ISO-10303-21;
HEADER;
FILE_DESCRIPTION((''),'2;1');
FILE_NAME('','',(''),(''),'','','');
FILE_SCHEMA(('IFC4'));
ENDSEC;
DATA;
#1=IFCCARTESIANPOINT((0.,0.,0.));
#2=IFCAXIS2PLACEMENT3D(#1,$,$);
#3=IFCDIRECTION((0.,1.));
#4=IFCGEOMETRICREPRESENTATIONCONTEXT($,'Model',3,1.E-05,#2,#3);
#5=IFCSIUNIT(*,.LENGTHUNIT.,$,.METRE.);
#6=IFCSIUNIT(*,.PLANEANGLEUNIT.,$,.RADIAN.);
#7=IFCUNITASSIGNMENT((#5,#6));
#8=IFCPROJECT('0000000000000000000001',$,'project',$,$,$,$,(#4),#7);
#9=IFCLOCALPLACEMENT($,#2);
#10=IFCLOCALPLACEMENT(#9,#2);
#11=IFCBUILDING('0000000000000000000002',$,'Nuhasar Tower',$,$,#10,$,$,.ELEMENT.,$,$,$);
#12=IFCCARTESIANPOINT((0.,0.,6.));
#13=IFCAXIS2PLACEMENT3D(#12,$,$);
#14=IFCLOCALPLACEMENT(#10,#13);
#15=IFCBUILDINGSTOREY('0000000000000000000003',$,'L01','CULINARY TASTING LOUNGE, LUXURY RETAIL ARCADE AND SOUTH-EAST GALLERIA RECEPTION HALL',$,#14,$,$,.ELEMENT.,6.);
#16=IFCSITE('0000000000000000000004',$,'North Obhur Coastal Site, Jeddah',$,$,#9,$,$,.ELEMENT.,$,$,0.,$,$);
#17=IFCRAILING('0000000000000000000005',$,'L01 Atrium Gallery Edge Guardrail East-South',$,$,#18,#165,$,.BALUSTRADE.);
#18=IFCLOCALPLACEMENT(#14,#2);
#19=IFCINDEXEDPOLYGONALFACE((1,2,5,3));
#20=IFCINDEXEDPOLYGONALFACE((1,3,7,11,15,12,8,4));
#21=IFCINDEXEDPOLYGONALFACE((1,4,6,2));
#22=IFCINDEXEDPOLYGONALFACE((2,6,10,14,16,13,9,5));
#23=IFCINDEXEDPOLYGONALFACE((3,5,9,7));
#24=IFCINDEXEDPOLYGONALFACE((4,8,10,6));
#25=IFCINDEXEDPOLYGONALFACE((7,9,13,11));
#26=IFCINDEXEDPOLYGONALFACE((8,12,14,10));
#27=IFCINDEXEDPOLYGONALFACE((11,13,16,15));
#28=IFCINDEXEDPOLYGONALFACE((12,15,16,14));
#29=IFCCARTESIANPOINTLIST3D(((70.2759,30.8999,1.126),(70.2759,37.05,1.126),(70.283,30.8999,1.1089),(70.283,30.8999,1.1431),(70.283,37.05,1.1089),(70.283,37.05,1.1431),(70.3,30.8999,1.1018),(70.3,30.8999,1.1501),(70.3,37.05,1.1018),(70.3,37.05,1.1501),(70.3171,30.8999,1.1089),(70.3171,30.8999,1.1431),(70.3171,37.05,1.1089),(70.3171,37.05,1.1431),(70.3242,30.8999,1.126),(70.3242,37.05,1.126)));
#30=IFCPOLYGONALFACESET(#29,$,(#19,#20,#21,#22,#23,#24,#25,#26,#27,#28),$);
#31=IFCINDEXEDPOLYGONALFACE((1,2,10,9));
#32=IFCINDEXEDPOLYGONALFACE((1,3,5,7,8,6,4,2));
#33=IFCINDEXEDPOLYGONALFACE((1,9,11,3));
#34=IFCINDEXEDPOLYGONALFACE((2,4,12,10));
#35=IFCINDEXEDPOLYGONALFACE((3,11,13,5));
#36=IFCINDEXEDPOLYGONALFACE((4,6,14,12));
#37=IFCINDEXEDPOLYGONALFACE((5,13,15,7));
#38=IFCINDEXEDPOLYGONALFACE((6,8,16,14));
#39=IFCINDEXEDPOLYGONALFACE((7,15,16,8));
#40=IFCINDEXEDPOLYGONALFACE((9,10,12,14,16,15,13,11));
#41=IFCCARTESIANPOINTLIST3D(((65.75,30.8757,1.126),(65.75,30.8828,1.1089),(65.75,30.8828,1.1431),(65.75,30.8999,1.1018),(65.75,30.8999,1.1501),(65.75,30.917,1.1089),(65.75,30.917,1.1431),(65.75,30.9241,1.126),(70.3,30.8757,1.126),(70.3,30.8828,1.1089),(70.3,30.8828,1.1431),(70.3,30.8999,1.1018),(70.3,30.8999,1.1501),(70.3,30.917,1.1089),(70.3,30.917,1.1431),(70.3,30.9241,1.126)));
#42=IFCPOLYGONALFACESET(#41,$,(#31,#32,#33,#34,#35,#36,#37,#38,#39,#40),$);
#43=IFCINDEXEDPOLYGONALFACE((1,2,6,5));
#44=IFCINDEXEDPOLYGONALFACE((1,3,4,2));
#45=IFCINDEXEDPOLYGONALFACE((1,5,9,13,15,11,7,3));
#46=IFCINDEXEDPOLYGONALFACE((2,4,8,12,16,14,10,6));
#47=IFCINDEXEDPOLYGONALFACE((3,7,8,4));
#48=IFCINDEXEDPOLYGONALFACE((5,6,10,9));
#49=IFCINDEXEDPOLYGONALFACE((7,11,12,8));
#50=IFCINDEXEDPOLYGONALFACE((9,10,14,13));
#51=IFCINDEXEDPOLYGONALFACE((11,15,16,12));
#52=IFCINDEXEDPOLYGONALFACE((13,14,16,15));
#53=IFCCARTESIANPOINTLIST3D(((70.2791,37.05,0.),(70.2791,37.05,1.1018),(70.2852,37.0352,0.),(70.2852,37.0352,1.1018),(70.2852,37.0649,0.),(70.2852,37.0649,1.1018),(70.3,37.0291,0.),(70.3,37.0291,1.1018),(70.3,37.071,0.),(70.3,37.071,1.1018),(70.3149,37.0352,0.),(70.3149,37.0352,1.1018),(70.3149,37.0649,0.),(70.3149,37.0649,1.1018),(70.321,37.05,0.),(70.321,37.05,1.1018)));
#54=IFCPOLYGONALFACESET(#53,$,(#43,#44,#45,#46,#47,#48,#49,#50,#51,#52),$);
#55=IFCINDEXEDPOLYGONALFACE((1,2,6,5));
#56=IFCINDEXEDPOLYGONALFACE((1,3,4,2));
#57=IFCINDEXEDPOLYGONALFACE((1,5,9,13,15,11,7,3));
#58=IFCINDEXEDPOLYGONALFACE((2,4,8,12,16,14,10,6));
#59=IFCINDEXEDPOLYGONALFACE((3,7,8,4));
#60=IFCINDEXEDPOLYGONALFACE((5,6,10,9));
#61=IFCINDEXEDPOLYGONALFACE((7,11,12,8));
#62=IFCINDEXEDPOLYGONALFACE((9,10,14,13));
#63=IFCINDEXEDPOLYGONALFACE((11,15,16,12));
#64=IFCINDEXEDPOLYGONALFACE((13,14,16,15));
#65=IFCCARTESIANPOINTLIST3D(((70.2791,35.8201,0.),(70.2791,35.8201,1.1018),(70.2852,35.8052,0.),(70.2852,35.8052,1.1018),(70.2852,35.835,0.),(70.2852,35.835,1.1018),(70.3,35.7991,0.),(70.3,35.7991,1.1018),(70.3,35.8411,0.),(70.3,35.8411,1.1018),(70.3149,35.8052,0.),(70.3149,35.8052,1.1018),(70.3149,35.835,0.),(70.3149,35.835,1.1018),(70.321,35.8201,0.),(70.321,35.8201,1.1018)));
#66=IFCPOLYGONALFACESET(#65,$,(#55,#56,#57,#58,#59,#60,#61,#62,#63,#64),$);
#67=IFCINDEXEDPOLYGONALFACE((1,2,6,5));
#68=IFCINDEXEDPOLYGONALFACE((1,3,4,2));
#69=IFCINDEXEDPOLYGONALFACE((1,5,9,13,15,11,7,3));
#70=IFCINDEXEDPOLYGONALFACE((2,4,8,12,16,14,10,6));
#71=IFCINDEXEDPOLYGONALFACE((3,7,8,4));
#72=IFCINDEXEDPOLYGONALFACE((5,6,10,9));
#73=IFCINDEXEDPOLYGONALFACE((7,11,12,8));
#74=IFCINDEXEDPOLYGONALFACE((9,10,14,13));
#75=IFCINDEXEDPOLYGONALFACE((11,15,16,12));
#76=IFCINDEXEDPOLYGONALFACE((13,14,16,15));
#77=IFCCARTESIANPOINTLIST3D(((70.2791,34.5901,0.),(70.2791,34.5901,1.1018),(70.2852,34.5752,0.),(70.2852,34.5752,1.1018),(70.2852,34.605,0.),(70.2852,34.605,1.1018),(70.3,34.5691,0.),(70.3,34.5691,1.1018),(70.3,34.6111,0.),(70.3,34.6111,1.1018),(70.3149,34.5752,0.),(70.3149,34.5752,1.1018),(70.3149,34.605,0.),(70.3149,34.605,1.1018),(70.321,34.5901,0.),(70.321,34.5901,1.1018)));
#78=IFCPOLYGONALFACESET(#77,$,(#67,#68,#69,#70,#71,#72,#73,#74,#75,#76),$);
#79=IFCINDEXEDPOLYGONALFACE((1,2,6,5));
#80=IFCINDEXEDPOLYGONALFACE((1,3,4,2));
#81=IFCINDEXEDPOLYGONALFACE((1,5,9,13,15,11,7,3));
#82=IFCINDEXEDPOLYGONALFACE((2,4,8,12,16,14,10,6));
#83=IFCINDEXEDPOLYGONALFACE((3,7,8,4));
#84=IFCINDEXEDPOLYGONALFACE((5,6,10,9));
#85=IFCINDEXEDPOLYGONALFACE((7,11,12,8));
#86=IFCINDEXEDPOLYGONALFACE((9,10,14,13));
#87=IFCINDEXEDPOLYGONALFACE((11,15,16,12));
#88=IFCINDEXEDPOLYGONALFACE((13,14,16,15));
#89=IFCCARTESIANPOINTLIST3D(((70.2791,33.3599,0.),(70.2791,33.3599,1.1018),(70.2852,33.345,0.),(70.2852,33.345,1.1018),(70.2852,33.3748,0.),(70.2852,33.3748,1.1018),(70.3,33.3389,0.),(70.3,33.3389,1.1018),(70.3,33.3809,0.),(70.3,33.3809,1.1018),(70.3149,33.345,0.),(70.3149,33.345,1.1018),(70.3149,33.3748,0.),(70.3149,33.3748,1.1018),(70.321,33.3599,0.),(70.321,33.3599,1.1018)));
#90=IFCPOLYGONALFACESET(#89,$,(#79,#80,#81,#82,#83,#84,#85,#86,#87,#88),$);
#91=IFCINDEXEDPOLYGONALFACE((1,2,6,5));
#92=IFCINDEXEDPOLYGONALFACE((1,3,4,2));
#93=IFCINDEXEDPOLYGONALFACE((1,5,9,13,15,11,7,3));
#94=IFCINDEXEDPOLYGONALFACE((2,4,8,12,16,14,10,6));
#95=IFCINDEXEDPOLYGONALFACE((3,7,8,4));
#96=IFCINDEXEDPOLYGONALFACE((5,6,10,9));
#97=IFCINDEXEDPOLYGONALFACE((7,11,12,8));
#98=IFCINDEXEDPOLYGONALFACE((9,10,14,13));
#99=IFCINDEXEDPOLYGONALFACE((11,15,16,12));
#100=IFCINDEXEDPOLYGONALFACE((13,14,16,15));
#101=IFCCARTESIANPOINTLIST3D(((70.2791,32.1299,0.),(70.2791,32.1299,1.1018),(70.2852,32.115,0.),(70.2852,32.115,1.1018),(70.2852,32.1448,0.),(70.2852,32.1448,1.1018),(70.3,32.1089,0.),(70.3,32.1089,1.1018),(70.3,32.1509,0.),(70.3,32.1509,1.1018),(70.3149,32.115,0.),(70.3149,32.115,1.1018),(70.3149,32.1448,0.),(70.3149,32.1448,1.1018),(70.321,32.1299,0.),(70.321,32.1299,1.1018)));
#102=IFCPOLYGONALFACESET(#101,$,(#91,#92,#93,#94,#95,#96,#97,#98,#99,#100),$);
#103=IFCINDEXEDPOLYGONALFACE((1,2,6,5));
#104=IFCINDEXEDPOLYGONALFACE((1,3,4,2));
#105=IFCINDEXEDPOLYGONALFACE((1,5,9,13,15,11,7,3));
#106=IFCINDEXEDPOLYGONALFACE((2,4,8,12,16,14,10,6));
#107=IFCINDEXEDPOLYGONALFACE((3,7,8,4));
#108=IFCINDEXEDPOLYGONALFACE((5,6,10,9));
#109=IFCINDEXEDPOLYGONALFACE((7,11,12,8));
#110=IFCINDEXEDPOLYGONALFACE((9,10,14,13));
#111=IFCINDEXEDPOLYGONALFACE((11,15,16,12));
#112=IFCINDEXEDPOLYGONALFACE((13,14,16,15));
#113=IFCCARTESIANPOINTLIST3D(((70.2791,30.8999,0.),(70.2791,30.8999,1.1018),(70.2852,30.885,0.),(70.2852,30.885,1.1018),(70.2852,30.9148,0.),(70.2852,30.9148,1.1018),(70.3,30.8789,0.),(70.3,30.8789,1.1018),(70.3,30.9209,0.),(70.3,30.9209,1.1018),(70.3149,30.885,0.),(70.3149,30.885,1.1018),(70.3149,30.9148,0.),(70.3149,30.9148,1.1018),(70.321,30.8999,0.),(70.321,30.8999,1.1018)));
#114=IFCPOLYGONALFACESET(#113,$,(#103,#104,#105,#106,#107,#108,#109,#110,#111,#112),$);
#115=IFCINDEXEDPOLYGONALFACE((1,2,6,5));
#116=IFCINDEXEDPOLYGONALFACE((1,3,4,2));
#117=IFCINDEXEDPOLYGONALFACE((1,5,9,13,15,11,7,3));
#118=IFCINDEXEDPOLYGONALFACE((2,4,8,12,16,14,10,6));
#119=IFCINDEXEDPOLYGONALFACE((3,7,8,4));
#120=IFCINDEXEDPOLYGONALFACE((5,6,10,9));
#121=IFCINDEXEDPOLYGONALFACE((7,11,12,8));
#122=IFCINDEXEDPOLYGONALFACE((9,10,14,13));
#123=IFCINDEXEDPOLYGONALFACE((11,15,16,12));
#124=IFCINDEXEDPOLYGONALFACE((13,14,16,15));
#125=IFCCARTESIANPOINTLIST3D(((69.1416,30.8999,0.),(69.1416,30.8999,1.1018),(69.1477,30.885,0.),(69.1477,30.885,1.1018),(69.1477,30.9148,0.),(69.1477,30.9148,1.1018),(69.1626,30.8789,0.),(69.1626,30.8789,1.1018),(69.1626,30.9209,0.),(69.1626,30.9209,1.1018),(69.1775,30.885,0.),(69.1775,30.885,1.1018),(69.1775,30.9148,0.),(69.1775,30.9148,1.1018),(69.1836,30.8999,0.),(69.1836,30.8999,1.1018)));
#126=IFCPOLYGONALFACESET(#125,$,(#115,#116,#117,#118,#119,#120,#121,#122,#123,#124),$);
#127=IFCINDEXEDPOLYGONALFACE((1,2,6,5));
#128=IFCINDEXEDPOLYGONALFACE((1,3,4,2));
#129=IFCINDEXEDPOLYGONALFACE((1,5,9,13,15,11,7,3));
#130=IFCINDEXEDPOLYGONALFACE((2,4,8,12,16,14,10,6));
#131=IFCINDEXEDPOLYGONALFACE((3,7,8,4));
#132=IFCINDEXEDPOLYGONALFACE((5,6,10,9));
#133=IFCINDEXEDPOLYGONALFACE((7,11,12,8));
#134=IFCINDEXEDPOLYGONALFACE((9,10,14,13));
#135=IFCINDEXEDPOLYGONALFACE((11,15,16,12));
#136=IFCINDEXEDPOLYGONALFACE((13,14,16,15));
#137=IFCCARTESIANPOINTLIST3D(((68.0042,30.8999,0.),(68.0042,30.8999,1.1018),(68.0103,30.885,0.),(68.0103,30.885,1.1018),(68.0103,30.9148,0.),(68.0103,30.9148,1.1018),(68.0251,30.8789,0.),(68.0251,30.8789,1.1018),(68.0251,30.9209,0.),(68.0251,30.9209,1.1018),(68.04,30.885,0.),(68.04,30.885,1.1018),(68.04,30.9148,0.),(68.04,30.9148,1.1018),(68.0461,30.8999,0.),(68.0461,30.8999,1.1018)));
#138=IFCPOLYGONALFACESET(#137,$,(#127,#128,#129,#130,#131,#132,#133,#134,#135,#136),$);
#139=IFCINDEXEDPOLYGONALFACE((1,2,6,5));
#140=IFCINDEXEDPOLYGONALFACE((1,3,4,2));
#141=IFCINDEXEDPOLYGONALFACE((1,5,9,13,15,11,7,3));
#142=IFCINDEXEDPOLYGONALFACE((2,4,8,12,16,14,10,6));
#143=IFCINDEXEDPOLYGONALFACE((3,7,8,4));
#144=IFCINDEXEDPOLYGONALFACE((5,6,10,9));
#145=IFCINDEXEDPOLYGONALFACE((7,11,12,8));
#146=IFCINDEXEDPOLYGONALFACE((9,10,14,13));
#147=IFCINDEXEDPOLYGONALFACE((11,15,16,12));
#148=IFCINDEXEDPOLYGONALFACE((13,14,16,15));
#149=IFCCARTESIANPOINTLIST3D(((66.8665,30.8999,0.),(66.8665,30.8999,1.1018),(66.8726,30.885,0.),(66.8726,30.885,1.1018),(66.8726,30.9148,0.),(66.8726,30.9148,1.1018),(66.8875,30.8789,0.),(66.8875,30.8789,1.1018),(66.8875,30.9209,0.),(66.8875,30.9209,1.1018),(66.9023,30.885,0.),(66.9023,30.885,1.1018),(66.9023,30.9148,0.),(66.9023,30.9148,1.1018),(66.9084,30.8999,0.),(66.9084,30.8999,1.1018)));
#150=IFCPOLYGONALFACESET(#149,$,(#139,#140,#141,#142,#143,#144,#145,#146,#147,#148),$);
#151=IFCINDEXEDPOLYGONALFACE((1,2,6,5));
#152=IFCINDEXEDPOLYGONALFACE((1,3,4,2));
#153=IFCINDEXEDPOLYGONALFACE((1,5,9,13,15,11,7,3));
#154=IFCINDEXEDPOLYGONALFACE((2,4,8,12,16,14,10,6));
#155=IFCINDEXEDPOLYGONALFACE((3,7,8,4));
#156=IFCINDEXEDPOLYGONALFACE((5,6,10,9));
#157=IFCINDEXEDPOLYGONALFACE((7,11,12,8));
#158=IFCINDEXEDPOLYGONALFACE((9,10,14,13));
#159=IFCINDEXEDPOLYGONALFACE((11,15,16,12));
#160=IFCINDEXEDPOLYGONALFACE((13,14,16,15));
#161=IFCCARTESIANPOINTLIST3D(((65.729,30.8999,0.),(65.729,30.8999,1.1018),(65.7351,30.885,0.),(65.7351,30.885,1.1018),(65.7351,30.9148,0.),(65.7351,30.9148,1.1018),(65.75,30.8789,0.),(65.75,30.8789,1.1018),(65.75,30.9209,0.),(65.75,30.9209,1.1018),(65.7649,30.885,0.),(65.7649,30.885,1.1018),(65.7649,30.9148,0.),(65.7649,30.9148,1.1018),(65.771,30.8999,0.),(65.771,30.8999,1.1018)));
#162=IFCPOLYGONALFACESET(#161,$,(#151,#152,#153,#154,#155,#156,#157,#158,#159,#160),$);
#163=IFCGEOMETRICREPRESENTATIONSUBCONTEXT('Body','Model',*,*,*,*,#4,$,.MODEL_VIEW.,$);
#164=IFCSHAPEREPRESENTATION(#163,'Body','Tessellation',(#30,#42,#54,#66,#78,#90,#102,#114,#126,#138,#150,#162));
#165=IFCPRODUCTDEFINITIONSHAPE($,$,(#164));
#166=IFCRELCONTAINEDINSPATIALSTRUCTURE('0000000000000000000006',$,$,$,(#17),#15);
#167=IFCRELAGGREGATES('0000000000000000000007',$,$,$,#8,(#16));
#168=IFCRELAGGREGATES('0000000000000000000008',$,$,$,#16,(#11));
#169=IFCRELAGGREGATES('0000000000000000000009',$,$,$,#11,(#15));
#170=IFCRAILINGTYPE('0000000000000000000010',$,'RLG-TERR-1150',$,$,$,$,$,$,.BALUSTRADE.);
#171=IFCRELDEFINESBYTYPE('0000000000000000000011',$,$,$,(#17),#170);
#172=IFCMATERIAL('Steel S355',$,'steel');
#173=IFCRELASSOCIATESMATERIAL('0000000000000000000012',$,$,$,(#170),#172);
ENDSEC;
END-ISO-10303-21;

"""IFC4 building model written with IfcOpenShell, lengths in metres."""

from ifc_helpers import new_model, si_unit, direction, frame, origin, place, context, subcontext, project, spatial, polyline, outline, extrude, material, type_object, element, save


model = new_model("IFC4")

# Units and contexts
model_context = context("Model", 3, precision=1e-05, world=origin(), true_north=direction((0.0, 1.0)))
body_context = subcontext(model_context, "Body", "Model", "MODEL_VIEW")
ifc_project = project(units=[si_unit("LENGTHUNIT", "METRE"), si_unit("PLANEANGLEUNIT", "RADIAN")], contexts=[model_context])

# Site, building, storey
site_placement = place(None, origin())
site = spatial("IfcSite", under=ifc_project, at=site_placement, Name="North Obhur Coastal Site, Jeddah", CompositionType="ELEMENT", RefElevation=0.0)
building_placement = place(site_placement, origin())
building = spatial("IfcBuilding", under=site, at=building_placement, Name="Nuhasar Tower", CompositionType="ELEMENT")
storey_placement = place(building_placement, frame((0.0, 0.0, 6.0)))
storey = spatial("IfcBuildingStorey", under=building, at=storey_placement, Name="L01", Description="CULINARY TASTING LOUNGE, LUXURY RETAIL ARCADE AND SOUTH-EAST GALLERIA RECEPTION HALL", CompositionType="ELEMENT", Elevation=6.0)

# Railing
ifc_material_1 = material(Name="Steel S355", Category="steel")
railing_type = type_object("IfcRailingType", Name="RLG-TERR-1150", PredefinedType="BALUSTRADE", material=ifc_material_1)
railing_1_placement = place(storey_placement, frame((70.3, 37.05, 0.0)))
element("IfcRailing", 1, at=railing_1_placement, inside=storey, type_object=railing_type, Name="L01 Atrium Gallery Edge Guardrail East-South", PredefinedType="BALUSTRADE", context=body_context, shape_type="SweptSolid", body=[
    extrude(outline(polyline([(0.0242, 0.0), (0.0171, 0.0171), (0.0, 0.0242), (-0.0171, 0.0171), (-0.0242, 0.0), (-0.0171, -0.0171), (0.0, -0.0242), (0.0171, -0.0171), (0.0242, 0.0)])), frame((0.0, 0.0, 1.126), z_axis=(0.0, -1.0, 0.0), x_axis=(1.0, 0.0, 0.0)), (0.0, 0.0, 1.0), 6.1501),
    extrude(outline(polyline([(0.0242, 0.0), (0.0171, 0.0171), (0.0, 0.0242), (-0.0171, 0.0171), (-0.0242, 0.0), (-0.0171, -0.0171), (0.0, -0.0242), (0.0171, -0.0171), (0.0242, 0.0)])), frame((0.0, -6.1501, 1.126), z_axis=(-1.0, 0.0, 0.0), x_axis=(0.0, -1.0, 0.0)), (0.0, 0.0, 1.0), 4.55),
    extrude(outline(polyline([(0.021, 0.0), (0.0149, 0.0149), (0.0, 0.021), (-0.0149, 0.0149), (-0.021, 0.0), (-0.0149, -0.0149), (0.0, -0.021), (0.0149, -0.0149), (0.021, 0.0)])), origin(), (0.0, 0.0, 1.0), 1.1018),
    extrude(outline(polyline([(0.021, 0.0), (0.0149, 0.0149), (0.0, 0.021), (-0.0149, 0.0149), (-0.021, 0.0), (-0.0149, -0.0149), (0.0, -0.021), (0.0149, -0.0149), (0.021, 0.0)])), frame((0.0, -1.23, 0.0)), (0.0, 0.0, 1.0), 1.1018),
    extrude(outline(polyline([(0.021, 0.0), (0.0149, 0.0149), (0.0, 0.021), (-0.0149, 0.0149), (-0.021, 0.0), (-0.0149, -0.0149), (0.0, -0.021), (0.0149, -0.0149), (0.021, 0.0)])), frame((0.0, -2.46, 0.0)), (0.0, 0.0, 1.0), 1.1018),
    extrude(outline(polyline([(0.021, 0.0), (0.0149, 0.0149), (0.0, 0.021), (-0.0149, 0.0149), (-0.021, 0.0), (-0.0149, -0.0149), (0.0, -0.021), (0.0149, -0.0149), (0.021, 0.0)])), frame((0.0, -3.6902, 0.0)), (0.0, 0.0, 1.0), 1.1018),
    extrude(outline(polyline([(0.021, 0.0), (0.0149, 0.0149), (0.0, 0.021), (-0.0149, 0.0149), (-0.021, 0.0), (-0.0149, -0.0149), (0.0, -0.021), (0.0149, -0.0149), (0.021, 0.0)])), frame((0.0, -4.9202, 0.0)), (0.0, 0.0, 1.0), 1.1018),
    extrude(outline(polyline([(0.021, 0.0), (0.0149, 0.0149), (0.0, 0.021), (-0.0149, 0.0149), (-0.021, 0.0), (-0.0149, -0.0149), (0.0, -0.021), (0.0149, -0.0149), (0.021, 0.0)])), frame((0.0, -6.1501, 0.0)), (0.0, 0.0, 1.0), 1.1018),
    extrude(outline(polyline([(0.021, 0.0), (0.0149, 0.0149), (0.0, 0.021), (-0.0149, 0.0149), (-0.021, 0.0), (-0.0149, -0.0149), (0.0, -0.021), (0.0149, -0.0149), (0.021, 0.0)])), frame((-1.1375, -6.1501, 0.0)), (0.0, 0.0, 1.0), 1.1018),
    extrude(outline(polyline([(0.021, 0.0), (0.0149, 0.0149), (0.0, 0.021), (-0.0149, 0.0149), (-0.021, 0.0), (-0.0149, -0.0149), (0.0, -0.021), (0.0149, -0.0149), (0.021, 0.0)])), frame((-2.2749, -6.1501, 0.0)), (0.0, 0.0, 1.0), 1.1018),
    extrude(outline(polyline([(0.021, 0.0), (0.0149, 0.0149), (0.0, 0.021), (-0.0149, 0.0149), (-0.021, 0.0), (-0.0149, -0.0149), (0.0, -0.021), (0.0149, -0.0149), (0.021, 0.0)])), frame((-3.4126, -6.1501, 0.0)), (0.0, 0.0, 1.0), 1.1018),
    extrude(outline(polyline([(0.021, 0.0), (0.0149, 0.0149), (0.0, 0.021), (-0.0149, 0.0149), (-0.021, 0.0), (-0.0149, -0.0149), (0.0, -0.021), (0.0149, -0.0149), (0.021, 0.0)])), frame((-4.55, -6.1501, 0.0)), (0.0, 0.0, 1.0), 1.1018),
])

save(model, "model.ifc")
